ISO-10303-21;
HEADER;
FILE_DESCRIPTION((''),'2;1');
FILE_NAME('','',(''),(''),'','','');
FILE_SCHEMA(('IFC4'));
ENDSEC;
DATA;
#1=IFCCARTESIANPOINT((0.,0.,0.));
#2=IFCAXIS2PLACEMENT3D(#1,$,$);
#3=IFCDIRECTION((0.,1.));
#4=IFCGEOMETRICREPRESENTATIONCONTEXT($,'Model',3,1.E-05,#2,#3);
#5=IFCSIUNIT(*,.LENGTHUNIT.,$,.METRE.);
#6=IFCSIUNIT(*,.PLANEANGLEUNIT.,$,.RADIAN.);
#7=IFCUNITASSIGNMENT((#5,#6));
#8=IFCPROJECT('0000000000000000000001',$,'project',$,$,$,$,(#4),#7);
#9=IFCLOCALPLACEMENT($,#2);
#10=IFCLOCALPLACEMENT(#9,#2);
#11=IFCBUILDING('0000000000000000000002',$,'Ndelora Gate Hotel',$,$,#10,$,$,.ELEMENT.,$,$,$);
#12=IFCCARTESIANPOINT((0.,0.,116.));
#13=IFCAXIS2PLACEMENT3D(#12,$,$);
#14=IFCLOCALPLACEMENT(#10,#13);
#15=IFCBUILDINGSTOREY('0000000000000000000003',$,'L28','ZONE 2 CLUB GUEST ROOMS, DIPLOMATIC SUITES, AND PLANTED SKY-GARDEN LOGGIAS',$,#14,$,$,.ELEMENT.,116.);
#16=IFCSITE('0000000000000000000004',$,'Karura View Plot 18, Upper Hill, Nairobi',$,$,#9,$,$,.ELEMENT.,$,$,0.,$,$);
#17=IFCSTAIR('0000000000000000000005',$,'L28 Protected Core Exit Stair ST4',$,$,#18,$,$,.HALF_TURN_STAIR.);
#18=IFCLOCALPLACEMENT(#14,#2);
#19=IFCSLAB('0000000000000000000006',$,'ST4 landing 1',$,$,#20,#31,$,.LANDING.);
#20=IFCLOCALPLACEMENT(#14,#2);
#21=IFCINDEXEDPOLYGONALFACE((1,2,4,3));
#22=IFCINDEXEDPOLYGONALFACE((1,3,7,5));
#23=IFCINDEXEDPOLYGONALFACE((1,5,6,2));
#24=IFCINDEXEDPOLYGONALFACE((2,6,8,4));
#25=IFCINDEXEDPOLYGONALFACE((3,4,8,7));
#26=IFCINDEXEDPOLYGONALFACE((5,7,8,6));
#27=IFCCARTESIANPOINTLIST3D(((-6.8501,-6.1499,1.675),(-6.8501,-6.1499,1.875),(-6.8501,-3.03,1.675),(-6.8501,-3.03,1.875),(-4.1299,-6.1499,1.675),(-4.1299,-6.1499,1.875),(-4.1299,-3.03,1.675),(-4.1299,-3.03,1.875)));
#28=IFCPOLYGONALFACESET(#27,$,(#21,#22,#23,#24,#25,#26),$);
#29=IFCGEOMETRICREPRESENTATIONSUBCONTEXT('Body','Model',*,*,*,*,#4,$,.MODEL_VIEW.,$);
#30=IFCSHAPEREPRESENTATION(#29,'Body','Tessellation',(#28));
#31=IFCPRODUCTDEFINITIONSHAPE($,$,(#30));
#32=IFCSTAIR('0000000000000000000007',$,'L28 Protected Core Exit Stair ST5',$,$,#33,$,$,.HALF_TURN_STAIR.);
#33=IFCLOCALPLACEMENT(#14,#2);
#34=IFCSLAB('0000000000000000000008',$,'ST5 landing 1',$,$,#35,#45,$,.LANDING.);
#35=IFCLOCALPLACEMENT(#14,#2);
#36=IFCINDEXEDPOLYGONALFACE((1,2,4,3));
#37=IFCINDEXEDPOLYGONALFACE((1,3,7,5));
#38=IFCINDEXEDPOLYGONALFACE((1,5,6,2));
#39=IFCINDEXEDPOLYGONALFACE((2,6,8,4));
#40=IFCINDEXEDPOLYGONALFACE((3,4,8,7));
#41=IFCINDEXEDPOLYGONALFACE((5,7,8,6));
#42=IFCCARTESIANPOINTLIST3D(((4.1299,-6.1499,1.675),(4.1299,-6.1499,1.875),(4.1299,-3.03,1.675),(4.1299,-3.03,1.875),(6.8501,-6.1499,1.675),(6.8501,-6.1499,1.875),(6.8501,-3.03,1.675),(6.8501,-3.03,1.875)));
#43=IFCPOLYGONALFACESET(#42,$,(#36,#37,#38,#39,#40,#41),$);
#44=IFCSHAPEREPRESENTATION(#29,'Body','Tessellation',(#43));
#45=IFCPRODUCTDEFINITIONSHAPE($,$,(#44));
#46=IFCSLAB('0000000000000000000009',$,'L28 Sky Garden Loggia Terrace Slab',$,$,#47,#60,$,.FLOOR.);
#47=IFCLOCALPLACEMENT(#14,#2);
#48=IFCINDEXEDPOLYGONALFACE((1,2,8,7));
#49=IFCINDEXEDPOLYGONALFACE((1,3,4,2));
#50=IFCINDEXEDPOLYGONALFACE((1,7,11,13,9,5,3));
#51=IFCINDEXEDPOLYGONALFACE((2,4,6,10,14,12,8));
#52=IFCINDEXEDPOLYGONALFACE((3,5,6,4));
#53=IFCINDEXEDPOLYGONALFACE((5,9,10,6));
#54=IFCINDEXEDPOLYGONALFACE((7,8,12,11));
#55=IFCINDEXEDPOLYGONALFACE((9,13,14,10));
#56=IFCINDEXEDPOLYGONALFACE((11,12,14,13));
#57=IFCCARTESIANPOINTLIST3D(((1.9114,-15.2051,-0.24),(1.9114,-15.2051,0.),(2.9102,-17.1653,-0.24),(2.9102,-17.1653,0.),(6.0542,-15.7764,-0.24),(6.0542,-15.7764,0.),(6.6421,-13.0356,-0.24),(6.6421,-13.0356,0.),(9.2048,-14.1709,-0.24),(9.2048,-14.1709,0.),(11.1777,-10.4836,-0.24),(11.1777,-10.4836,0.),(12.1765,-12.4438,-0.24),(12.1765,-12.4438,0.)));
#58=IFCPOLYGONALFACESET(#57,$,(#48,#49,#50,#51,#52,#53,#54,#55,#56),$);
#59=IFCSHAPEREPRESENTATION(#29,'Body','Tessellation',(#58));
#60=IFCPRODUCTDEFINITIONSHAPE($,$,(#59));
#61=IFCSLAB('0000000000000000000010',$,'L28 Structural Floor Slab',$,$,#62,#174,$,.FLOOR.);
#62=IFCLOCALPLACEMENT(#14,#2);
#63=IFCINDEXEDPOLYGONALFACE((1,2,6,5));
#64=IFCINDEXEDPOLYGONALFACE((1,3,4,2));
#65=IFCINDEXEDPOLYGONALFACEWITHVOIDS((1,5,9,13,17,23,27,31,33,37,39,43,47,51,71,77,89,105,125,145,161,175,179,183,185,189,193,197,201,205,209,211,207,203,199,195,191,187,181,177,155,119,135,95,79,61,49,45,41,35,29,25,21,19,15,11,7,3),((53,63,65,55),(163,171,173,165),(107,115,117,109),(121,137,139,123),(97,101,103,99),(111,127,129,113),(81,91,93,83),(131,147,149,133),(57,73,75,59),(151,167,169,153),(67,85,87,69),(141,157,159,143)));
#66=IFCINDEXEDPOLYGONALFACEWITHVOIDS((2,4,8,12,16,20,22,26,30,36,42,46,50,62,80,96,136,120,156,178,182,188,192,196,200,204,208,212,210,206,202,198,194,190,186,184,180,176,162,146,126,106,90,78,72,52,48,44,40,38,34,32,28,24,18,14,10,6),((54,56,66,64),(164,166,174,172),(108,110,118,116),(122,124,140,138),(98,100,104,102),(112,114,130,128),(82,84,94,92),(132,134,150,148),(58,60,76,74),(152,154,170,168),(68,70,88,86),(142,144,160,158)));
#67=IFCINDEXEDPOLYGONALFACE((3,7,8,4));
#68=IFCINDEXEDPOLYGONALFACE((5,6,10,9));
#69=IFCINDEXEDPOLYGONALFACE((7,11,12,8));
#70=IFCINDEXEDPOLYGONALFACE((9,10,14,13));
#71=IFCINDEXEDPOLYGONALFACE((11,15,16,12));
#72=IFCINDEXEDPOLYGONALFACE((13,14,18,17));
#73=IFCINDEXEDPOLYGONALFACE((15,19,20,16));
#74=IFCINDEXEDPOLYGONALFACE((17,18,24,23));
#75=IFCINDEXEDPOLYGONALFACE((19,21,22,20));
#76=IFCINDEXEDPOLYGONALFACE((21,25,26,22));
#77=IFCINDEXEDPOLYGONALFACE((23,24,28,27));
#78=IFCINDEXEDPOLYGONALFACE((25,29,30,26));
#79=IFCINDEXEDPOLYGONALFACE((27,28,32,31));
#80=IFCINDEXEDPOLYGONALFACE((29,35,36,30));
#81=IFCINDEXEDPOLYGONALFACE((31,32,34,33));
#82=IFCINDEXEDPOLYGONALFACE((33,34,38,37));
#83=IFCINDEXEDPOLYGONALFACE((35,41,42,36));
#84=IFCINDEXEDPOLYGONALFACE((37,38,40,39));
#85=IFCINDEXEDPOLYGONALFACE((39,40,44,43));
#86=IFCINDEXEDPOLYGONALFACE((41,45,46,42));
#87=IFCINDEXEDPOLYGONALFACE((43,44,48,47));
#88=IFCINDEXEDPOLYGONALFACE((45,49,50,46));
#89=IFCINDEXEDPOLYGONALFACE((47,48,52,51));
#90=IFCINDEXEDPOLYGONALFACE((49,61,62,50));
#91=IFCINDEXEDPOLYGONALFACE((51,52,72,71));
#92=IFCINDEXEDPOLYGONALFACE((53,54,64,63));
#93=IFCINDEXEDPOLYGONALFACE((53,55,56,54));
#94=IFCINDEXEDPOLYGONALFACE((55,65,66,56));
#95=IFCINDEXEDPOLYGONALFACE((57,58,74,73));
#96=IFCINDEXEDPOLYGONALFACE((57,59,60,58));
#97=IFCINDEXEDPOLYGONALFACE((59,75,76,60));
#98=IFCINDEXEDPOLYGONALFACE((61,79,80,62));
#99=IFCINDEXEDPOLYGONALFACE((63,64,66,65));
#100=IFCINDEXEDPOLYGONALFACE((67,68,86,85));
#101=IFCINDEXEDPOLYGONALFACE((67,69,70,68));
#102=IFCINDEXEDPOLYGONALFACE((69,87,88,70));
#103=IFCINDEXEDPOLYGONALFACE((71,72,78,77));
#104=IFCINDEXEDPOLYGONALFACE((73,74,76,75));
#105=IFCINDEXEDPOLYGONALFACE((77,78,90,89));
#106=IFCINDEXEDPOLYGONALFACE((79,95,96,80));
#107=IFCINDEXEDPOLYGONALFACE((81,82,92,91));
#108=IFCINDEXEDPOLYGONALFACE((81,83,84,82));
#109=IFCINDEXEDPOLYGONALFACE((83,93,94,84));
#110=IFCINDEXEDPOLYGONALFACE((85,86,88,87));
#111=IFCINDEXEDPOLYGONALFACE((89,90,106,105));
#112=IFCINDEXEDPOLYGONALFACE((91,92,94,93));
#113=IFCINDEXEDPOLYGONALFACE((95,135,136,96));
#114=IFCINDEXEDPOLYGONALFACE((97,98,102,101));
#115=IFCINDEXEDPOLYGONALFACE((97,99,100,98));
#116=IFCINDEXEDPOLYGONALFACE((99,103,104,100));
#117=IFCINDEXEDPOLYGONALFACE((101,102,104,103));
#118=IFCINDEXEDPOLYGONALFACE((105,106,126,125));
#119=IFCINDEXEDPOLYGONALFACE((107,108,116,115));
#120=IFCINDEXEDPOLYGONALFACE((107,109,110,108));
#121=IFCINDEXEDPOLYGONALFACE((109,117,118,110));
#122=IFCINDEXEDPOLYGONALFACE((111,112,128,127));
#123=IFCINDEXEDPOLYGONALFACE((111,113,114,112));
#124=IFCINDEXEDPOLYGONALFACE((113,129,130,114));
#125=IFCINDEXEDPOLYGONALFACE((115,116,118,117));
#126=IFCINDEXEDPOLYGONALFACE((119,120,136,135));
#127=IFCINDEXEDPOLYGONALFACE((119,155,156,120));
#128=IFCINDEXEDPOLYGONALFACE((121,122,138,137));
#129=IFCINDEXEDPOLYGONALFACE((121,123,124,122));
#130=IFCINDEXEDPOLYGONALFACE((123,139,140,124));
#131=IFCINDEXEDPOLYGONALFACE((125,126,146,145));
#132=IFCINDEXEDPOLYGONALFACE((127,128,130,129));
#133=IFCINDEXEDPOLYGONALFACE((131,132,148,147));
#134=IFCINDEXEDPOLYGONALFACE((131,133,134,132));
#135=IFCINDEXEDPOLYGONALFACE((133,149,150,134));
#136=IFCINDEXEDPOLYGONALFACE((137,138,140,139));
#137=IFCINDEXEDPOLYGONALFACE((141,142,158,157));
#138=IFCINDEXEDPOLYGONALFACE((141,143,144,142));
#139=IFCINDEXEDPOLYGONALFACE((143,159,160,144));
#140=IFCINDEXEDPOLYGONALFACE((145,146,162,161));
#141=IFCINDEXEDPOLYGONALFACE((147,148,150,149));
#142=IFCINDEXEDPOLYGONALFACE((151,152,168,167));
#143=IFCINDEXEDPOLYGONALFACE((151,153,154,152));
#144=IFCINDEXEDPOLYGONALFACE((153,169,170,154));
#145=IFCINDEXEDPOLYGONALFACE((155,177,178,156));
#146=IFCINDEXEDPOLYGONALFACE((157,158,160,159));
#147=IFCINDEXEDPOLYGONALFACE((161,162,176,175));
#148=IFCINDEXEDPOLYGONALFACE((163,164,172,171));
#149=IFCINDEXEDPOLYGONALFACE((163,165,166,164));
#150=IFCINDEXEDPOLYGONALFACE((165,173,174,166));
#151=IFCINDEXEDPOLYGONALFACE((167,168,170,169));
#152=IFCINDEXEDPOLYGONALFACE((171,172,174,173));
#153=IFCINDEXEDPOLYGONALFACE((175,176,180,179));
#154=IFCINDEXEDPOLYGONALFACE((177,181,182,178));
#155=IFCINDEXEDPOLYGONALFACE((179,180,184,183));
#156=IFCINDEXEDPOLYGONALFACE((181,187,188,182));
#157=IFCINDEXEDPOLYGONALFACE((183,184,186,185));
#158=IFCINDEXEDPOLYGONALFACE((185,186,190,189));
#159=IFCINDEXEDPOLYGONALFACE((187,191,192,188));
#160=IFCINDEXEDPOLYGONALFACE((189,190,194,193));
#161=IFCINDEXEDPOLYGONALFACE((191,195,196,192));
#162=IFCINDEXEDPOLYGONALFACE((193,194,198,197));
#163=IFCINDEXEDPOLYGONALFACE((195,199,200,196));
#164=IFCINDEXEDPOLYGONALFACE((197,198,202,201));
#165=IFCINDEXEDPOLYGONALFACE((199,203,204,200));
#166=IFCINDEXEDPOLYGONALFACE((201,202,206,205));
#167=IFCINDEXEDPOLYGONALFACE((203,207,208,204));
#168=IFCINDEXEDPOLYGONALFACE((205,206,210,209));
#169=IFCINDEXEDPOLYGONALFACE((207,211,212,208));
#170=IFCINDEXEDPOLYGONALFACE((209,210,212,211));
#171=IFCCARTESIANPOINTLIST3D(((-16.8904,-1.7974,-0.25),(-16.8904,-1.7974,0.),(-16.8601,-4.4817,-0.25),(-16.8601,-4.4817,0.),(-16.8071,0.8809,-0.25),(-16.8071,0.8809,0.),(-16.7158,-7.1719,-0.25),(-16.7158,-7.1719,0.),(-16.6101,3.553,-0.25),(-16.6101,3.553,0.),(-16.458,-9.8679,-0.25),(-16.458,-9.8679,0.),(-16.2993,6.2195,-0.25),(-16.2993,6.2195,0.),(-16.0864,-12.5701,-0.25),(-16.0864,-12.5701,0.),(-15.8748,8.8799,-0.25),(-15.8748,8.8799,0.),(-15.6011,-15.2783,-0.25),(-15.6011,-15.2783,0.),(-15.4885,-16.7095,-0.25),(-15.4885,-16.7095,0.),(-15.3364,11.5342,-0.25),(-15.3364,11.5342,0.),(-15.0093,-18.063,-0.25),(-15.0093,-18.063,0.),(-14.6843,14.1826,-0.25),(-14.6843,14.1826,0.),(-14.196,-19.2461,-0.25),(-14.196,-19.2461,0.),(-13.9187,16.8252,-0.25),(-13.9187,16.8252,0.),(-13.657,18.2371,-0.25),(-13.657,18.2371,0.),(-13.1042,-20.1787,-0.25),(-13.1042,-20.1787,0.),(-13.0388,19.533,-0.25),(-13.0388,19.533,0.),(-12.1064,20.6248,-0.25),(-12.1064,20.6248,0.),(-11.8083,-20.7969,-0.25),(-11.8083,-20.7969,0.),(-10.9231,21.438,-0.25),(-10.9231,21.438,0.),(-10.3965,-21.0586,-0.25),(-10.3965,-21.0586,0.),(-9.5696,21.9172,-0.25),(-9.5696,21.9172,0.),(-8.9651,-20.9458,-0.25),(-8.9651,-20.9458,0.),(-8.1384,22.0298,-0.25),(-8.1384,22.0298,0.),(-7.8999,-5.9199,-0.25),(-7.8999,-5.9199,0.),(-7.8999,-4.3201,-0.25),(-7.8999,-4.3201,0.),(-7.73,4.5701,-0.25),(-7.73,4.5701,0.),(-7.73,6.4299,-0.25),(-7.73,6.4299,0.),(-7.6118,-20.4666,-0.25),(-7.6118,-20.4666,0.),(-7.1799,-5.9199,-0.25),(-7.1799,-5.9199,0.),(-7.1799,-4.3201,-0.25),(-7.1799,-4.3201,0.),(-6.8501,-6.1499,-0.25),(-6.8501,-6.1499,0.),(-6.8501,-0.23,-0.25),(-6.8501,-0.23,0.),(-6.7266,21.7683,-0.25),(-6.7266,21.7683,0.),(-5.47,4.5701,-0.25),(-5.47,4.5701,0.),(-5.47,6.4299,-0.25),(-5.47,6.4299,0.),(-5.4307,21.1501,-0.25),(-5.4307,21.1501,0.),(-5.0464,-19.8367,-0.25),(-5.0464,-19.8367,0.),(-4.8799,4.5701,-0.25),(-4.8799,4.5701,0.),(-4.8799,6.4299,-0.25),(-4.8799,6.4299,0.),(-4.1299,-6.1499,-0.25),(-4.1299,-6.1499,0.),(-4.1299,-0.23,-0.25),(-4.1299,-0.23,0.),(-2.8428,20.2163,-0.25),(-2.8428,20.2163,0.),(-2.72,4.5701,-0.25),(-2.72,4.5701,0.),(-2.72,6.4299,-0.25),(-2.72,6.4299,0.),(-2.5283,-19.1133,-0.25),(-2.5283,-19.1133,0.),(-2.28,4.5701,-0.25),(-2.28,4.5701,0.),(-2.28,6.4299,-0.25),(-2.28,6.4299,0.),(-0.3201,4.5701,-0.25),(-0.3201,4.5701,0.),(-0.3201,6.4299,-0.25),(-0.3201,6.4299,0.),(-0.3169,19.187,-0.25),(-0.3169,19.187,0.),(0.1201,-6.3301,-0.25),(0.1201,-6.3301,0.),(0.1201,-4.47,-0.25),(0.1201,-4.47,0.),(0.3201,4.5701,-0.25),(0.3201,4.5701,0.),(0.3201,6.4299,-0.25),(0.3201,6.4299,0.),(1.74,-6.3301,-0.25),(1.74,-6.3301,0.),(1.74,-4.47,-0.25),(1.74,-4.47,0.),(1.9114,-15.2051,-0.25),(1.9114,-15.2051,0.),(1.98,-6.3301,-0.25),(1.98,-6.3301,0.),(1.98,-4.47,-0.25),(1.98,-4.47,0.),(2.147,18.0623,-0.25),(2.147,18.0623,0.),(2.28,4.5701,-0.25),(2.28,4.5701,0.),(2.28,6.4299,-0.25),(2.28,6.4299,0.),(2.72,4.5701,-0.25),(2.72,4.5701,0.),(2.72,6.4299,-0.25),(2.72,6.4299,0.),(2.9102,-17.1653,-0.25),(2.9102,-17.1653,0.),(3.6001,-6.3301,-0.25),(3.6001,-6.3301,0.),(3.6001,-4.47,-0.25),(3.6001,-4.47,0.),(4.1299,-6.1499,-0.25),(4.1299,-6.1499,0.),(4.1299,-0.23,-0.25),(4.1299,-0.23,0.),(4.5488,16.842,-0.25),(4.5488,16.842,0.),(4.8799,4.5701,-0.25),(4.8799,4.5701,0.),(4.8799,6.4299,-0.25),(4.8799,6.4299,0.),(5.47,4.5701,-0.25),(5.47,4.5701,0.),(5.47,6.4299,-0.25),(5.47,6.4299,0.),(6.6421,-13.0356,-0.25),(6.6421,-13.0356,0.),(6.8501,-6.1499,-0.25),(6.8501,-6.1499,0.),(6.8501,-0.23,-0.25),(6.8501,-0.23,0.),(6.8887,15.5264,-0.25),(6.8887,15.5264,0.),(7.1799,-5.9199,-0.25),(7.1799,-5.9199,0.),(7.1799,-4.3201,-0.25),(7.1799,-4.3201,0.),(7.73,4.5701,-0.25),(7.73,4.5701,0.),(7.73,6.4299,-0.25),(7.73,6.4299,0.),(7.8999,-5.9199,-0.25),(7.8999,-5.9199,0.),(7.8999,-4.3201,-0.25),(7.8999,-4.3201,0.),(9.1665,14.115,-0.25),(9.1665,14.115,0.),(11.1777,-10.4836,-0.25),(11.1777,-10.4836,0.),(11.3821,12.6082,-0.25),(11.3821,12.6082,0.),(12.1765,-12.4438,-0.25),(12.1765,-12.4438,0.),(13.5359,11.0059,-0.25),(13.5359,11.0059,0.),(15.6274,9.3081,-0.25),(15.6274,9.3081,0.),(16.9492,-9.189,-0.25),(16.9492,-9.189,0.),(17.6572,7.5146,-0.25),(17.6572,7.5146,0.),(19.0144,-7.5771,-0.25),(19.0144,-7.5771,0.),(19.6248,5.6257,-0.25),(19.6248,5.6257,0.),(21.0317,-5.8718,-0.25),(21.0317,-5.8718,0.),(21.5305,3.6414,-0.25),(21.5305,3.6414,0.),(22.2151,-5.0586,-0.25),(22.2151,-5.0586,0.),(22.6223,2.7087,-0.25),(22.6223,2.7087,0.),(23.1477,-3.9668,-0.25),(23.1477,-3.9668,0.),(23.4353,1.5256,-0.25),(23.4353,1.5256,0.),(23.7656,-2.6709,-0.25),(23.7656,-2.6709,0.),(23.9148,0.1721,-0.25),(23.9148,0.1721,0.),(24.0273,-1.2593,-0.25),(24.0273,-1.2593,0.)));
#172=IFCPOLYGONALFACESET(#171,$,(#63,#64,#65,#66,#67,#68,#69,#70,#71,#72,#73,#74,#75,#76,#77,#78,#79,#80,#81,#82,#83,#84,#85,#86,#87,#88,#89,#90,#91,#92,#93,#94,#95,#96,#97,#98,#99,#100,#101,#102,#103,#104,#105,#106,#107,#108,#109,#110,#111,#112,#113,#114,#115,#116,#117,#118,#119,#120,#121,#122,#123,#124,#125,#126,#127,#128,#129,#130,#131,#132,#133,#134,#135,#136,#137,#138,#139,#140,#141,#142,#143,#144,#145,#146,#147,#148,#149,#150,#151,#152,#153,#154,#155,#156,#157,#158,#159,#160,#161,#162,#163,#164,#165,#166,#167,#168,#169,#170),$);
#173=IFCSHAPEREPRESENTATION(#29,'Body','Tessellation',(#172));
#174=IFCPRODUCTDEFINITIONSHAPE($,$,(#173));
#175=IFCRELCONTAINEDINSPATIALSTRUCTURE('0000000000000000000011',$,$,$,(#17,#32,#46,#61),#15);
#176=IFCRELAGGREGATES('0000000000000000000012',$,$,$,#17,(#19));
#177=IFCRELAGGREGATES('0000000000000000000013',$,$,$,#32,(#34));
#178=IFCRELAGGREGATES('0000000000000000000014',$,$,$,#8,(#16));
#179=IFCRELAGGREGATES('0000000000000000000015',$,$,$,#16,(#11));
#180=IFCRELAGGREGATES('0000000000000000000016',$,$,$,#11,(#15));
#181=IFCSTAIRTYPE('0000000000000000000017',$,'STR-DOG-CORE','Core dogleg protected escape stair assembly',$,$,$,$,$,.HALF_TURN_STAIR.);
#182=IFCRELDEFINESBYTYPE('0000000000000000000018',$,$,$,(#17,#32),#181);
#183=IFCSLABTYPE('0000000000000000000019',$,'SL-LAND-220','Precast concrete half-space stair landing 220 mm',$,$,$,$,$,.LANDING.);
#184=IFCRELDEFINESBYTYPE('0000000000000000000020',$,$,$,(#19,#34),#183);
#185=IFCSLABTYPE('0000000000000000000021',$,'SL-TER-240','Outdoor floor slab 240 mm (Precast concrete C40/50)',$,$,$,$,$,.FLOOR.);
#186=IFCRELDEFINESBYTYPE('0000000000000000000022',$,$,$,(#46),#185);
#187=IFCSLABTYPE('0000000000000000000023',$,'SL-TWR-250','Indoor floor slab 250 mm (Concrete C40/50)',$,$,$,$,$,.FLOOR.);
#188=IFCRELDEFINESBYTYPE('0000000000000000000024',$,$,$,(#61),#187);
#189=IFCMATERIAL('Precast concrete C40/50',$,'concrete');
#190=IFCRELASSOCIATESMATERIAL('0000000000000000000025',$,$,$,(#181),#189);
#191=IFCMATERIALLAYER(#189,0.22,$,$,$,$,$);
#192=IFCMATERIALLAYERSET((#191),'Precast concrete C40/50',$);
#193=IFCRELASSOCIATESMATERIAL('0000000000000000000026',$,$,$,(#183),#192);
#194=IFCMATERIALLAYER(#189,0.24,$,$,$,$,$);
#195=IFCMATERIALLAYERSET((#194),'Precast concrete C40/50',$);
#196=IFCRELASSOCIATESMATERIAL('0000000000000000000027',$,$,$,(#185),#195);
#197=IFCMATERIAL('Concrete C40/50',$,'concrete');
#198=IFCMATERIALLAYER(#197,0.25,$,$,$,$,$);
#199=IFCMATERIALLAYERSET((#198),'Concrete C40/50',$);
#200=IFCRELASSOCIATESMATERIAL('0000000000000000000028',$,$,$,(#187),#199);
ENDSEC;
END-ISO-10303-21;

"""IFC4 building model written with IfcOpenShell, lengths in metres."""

from ifc_helpers import new_model, si_unit, direction, frame, origin, place, context, subcontext, project, spatial, polyline, outline, extrude, material, layer, layer_set, type_object, element, aggregate, save


model = new_model("IFC4")

# Units and contexts
model_context = context("Model", 3, precision=1e-05, world=origin(), true_north=direction((0.0, 1.0)))
body_context = subcontext(model_context, "Body", "Model", "MODEL_VIEW")
ifc_project = project(units=[si_unit("LENGTHUNIT", "METRE"), si_unit("PLANEANGLEUNIT", "RADIAN")], contexts=[model_context])

# Site, building, storey
site_placement = place(None, origin())
site = spatial("IfcSite", under=ifc_project, at=site_placement, Name="Karura View Plot 18, Upper Hill, Nairobi", CompositionType="ELEMENT", RefElevation=0.0)
building_placement = place(site_placement, origin())
building = spatial("IfcBuilding", under=site, at=building_placement, Name="Ndelora Gate Hotel", CompositionType="ELEMENT")
storey_placement = place(building_placement, frame((0.0, 0.0, 116.0)))
storey = spatial("IfcBuildingStorey", under=building, at=storey_placement, Name="L28", Description="ZONE 2 CLUB GUEST ROOMS, DIPLOMATIC SUITES, AND PLANTED SKY-GARDEN LOGGIAS", CompositionType="ELEMENT", Elevation=116.0)

# Stairs, slabs
ifc_material_1 = material(Name="Precast concrete C40/50", Category="concrete")
stair_type = type_object("IfcStairType", Name="STR-DOG-CORE", Description="Core dogleg protected escape stair assembly", PredefinedType="HALF_TURN_STAIR", material=ifc_material_1)
stair_1_placement = place(storey_placement, origin())
stair_1 = element("IfcStair", 1, at=stair_1_placement, inside=storey, type_object=stair_type, Name="L28 Protected Core Exit Stair ST4", PredefinedType="HALF_TURN_STAIR")
ifc_layer_1 = layer(ifc_material_1, 0.22)
ifc_layer_set_1 = layer_set([ifc_layer_1], Name="Precast concrete C40/50")
slab_type_1 = type_object("IfcSlabType", Name="SL-LAND-220", Description="Precast concrete half-space stair landing 220 mm", PredefinedType="LANDING", material=ifc_layer_set_1)
slab_1_placement = place(storey_placement, frame((0.0, 0.0, 1.675)))
slab_1 = element("IfcSlab", 2, at=slab_1_placement, type_object=slab_type_1, Name="ST4 landing 1", PredefinedType="LANDING", context=body_context, shape_type="SweptSolid", body=[
    extrude(outline(polyline([(-6.8501, -3.03), (-6.8501, -6.1499), (-4.1299, -6.1499), (-4.1299, -3.03), (-6.8501, -3.03)])), origin(), (0.0, 0.0, 1.0), 0.2),
])
aggregate(stair_1, [slab_1])
stair_2_placement = place(storey_placement, origin())
stair_2 = element("IfcStair", 3, at=stair_2_placement, inside=storey, type_object=stair_type, Name="L28 Protected Core Exit Stair ST5", PredefinedType="HALF_TURN_STAIR")
slab_2_placement = place(storey_placement, frame((0.0, 0.0, 1.675)))
slab_2 = element("IfcSlab", 4, at=slab_2_placement, type_object=slab_type_1, Name="ST5 landing 1", PredefinedType="LANDING", context=body_context, shape_type="SweptSolid", body=[
    extrude(outline(polyline([(4.1299, -3.03), (4.1299, -6.1499), (6.8501, -6.1499), (6.8501, -3.03), (4.1299, -3.03)])), origin(), (0.0, 0.0, 1.0), 0.2),
])

# Slabs
ifc_layer_2 = layer(ifc_material_1, 0.24)
ifc_layer_set_2 = layer_set([ifc_layer_2], Name="Precast concrete C40/50")
slab_type_2 = type_object("IfcSlabType", Name="SL-TER-240", Description="Outdoor floor slab 240 mm (Precast concrete C40/50)", PredefinedType="FLOOR", material=ifc_layer_set_2)
slab_3_placement = place(storey_placement, frame((0.0, 0.0, -0.24)))
element("IfcSlab", 5, at=slab_3_placement, inside=storey, type_object=slab_type_2, Name="L28 Sky Garden Loggia Terrace Slab", PredefinedType="FLOOR", context=body_context, shape_type="SweptSolid", body=[
    extrude(outline(polyline([(1.9114, -15.2051), (2.9102, -17.1653), (6.0542, -15.7764), (9.2048, -14.1709), (12.1765, -12.4438), (11.1777, -10.4836), (6.6421, -13.0356), (1.9114, -15.2051)])), origin(), (0.0, 0.0, 1.0), 0.24),
])
ifc_material_2 = material(Name="Concrete C40/50", Category="concrete")
ifc_layer_3 = layer(ifc_material_2, 0.25)
ifc_layer_set_3 = layer_set([ifc_layer_3], Name="Concrete C40/50")
slab_type_3 = type_object("IfcSlabType", Name="SL-TWR-250", Description="Indoor floor slab 250 mm (Concrete C40/50)", PredefinedType="FLOOR", material=ifc_layer_set_3)
slab_4_placement = place(storey_placement, frame((0.0, 0.0, -0.25)))
element("IfcSlab", 6, at=slab_4_placement, inside=storey, type_object=slab_type_3, Name="L28 Structural Floor Slab", PredefinedType="FLOOR", context=body_context, shape_type="SweptSolid", body=[
    extrude(outline(polyline([(-5.4307, 21.1501), (-6.7266, 21.7683), (-8.1384, 22.0298), (-9.5696, 21.9172), (-10.9231, 21.438), (-12.1064, 20.6248), (-13.0388, 19.533), (-13.657, 18.2371), (-13.9187, 16.8252), (-14.6843, 14.1826), (-15.3364, 11.5342), (-15.8748, 8.8799), (-16.2993, 6.2195), (-16.6101, 3.553), (-16.8071, 0.8809), (-16.8904, -1.7974), (-16.8601, -4.4817), (-16.7158, -7.1719), (-16.458, -9.8679), (-16.0864, -12.5701), (-15.6011, -15.2783), (-15.4885, -16.7095), (-15.0093, -18.063), (-14.196, -19.2461), (-13.1042, -20.1787), (-11.8083, -20.7969), (-10.3965, -21.0586), (-8.9651, -20.9458), (-7.6118, -20.4666), (-5.0464, -19.8367), (-2.5283, -19.1133), (2.9102, -17.1653), (1.9114, -15.2051), (6.6421, -13.0356), (11.1777, -10.4836), (12.1765, -12.4438), (16.9492, -9.189), (19.0144, -7.5771), (21.0317, -5.8718), (22.2151, -5.0586), (23.1477, -3.9668), (23.7656, -2.6709), (24.0273, -1.2593), (23.9148, 0.1721), (23.4353, 1.5256), (22.6223, 2.7087), (21.5305, 3.6414), (19.6248, 5.6257), (17.6572, 7.5146), (15.6274, 9.3081), (13.5359, 11.0059), (11.3821, 12.6082), (9.1665, 14.115), (6.8887, 15.5264), (4.5488, 16.842), (2.147, 18.0623), (-0.3169, 19.187), (-2.8428, 20.2163), (-5.4307, 21.1501)]), holes=[polyline([(-6.8501, -0.23), (-6.8501, -6.1499), (-4.1299, -6.1499), (-4.1299, -0.23), (-6.8501, -0.23)]), polyline([(4.1299, -0.23), (4.1299, -6.1499), (6.8501, -6.1499), (6.8501, -0.23), (4.1299, -0.23)]), polyline([(-7.73, 4.5701), (-5.47, 4.5701), (-5.47, 6.4299), (-7.73, 6.4299), (-7.73, 4.5701)]), polyline([(5.47, 4.5701), (7.73, 4.5701), (7.73, 6.4299), (5.47, 6.4299), (5.47, 4.5701)]), polyline([(-4.8799, 4.5701), (-2.72, 4.5701), (-2.72, 6.4299), (-4.8799, 6.4299), (-4.8799, 4.5701)]), polyline([(2.72, 4.5701), (4.8799, 4.5701), (4.8799, 6.4299), (2.72, 6.4299), (2.72, 4.5701)]), polyline([(0.1201, -6.3301), (1.74, -6.3301), (1.74, -4.47), (0.1201, -4.47), (0.1201, -6.3301)]), polyline([(1.98, -6.3301), (3.6001, -6.3301), (3.6001, -4.47), (1.98, -4.47), (1.98, -6.3301)]), polyline([(-2.28, 4.5701), (-0.3201, 4.5701), (-0.3201, 6.4299), (-2.28, 6.4299), (-2.28, 4.5701)]), polyline([(0.3201, 4.5701), (2.28, 4.5701), (2.28, 6.4299), (0.3201, 6.4299), (0.3201, 4.5701)]), polyline([(-7.8999, -5.9199), (-7.1799, -5.9199), (-7.1799, -4.3201), (-7.8999, -4.3201), (-7.8999, -5.9199)]), polyline([(7.1799, -5.9199), (7.8999, -5.9199), (7.8999, -4.3201), (7.1799, -4.3201), (7.1799, -5.9199)])]), origin(), (0.0, 0.0, 1.0), 0.25),
])

aggregate(stair_2, [slab_2])

save(model, "model.ifc")
